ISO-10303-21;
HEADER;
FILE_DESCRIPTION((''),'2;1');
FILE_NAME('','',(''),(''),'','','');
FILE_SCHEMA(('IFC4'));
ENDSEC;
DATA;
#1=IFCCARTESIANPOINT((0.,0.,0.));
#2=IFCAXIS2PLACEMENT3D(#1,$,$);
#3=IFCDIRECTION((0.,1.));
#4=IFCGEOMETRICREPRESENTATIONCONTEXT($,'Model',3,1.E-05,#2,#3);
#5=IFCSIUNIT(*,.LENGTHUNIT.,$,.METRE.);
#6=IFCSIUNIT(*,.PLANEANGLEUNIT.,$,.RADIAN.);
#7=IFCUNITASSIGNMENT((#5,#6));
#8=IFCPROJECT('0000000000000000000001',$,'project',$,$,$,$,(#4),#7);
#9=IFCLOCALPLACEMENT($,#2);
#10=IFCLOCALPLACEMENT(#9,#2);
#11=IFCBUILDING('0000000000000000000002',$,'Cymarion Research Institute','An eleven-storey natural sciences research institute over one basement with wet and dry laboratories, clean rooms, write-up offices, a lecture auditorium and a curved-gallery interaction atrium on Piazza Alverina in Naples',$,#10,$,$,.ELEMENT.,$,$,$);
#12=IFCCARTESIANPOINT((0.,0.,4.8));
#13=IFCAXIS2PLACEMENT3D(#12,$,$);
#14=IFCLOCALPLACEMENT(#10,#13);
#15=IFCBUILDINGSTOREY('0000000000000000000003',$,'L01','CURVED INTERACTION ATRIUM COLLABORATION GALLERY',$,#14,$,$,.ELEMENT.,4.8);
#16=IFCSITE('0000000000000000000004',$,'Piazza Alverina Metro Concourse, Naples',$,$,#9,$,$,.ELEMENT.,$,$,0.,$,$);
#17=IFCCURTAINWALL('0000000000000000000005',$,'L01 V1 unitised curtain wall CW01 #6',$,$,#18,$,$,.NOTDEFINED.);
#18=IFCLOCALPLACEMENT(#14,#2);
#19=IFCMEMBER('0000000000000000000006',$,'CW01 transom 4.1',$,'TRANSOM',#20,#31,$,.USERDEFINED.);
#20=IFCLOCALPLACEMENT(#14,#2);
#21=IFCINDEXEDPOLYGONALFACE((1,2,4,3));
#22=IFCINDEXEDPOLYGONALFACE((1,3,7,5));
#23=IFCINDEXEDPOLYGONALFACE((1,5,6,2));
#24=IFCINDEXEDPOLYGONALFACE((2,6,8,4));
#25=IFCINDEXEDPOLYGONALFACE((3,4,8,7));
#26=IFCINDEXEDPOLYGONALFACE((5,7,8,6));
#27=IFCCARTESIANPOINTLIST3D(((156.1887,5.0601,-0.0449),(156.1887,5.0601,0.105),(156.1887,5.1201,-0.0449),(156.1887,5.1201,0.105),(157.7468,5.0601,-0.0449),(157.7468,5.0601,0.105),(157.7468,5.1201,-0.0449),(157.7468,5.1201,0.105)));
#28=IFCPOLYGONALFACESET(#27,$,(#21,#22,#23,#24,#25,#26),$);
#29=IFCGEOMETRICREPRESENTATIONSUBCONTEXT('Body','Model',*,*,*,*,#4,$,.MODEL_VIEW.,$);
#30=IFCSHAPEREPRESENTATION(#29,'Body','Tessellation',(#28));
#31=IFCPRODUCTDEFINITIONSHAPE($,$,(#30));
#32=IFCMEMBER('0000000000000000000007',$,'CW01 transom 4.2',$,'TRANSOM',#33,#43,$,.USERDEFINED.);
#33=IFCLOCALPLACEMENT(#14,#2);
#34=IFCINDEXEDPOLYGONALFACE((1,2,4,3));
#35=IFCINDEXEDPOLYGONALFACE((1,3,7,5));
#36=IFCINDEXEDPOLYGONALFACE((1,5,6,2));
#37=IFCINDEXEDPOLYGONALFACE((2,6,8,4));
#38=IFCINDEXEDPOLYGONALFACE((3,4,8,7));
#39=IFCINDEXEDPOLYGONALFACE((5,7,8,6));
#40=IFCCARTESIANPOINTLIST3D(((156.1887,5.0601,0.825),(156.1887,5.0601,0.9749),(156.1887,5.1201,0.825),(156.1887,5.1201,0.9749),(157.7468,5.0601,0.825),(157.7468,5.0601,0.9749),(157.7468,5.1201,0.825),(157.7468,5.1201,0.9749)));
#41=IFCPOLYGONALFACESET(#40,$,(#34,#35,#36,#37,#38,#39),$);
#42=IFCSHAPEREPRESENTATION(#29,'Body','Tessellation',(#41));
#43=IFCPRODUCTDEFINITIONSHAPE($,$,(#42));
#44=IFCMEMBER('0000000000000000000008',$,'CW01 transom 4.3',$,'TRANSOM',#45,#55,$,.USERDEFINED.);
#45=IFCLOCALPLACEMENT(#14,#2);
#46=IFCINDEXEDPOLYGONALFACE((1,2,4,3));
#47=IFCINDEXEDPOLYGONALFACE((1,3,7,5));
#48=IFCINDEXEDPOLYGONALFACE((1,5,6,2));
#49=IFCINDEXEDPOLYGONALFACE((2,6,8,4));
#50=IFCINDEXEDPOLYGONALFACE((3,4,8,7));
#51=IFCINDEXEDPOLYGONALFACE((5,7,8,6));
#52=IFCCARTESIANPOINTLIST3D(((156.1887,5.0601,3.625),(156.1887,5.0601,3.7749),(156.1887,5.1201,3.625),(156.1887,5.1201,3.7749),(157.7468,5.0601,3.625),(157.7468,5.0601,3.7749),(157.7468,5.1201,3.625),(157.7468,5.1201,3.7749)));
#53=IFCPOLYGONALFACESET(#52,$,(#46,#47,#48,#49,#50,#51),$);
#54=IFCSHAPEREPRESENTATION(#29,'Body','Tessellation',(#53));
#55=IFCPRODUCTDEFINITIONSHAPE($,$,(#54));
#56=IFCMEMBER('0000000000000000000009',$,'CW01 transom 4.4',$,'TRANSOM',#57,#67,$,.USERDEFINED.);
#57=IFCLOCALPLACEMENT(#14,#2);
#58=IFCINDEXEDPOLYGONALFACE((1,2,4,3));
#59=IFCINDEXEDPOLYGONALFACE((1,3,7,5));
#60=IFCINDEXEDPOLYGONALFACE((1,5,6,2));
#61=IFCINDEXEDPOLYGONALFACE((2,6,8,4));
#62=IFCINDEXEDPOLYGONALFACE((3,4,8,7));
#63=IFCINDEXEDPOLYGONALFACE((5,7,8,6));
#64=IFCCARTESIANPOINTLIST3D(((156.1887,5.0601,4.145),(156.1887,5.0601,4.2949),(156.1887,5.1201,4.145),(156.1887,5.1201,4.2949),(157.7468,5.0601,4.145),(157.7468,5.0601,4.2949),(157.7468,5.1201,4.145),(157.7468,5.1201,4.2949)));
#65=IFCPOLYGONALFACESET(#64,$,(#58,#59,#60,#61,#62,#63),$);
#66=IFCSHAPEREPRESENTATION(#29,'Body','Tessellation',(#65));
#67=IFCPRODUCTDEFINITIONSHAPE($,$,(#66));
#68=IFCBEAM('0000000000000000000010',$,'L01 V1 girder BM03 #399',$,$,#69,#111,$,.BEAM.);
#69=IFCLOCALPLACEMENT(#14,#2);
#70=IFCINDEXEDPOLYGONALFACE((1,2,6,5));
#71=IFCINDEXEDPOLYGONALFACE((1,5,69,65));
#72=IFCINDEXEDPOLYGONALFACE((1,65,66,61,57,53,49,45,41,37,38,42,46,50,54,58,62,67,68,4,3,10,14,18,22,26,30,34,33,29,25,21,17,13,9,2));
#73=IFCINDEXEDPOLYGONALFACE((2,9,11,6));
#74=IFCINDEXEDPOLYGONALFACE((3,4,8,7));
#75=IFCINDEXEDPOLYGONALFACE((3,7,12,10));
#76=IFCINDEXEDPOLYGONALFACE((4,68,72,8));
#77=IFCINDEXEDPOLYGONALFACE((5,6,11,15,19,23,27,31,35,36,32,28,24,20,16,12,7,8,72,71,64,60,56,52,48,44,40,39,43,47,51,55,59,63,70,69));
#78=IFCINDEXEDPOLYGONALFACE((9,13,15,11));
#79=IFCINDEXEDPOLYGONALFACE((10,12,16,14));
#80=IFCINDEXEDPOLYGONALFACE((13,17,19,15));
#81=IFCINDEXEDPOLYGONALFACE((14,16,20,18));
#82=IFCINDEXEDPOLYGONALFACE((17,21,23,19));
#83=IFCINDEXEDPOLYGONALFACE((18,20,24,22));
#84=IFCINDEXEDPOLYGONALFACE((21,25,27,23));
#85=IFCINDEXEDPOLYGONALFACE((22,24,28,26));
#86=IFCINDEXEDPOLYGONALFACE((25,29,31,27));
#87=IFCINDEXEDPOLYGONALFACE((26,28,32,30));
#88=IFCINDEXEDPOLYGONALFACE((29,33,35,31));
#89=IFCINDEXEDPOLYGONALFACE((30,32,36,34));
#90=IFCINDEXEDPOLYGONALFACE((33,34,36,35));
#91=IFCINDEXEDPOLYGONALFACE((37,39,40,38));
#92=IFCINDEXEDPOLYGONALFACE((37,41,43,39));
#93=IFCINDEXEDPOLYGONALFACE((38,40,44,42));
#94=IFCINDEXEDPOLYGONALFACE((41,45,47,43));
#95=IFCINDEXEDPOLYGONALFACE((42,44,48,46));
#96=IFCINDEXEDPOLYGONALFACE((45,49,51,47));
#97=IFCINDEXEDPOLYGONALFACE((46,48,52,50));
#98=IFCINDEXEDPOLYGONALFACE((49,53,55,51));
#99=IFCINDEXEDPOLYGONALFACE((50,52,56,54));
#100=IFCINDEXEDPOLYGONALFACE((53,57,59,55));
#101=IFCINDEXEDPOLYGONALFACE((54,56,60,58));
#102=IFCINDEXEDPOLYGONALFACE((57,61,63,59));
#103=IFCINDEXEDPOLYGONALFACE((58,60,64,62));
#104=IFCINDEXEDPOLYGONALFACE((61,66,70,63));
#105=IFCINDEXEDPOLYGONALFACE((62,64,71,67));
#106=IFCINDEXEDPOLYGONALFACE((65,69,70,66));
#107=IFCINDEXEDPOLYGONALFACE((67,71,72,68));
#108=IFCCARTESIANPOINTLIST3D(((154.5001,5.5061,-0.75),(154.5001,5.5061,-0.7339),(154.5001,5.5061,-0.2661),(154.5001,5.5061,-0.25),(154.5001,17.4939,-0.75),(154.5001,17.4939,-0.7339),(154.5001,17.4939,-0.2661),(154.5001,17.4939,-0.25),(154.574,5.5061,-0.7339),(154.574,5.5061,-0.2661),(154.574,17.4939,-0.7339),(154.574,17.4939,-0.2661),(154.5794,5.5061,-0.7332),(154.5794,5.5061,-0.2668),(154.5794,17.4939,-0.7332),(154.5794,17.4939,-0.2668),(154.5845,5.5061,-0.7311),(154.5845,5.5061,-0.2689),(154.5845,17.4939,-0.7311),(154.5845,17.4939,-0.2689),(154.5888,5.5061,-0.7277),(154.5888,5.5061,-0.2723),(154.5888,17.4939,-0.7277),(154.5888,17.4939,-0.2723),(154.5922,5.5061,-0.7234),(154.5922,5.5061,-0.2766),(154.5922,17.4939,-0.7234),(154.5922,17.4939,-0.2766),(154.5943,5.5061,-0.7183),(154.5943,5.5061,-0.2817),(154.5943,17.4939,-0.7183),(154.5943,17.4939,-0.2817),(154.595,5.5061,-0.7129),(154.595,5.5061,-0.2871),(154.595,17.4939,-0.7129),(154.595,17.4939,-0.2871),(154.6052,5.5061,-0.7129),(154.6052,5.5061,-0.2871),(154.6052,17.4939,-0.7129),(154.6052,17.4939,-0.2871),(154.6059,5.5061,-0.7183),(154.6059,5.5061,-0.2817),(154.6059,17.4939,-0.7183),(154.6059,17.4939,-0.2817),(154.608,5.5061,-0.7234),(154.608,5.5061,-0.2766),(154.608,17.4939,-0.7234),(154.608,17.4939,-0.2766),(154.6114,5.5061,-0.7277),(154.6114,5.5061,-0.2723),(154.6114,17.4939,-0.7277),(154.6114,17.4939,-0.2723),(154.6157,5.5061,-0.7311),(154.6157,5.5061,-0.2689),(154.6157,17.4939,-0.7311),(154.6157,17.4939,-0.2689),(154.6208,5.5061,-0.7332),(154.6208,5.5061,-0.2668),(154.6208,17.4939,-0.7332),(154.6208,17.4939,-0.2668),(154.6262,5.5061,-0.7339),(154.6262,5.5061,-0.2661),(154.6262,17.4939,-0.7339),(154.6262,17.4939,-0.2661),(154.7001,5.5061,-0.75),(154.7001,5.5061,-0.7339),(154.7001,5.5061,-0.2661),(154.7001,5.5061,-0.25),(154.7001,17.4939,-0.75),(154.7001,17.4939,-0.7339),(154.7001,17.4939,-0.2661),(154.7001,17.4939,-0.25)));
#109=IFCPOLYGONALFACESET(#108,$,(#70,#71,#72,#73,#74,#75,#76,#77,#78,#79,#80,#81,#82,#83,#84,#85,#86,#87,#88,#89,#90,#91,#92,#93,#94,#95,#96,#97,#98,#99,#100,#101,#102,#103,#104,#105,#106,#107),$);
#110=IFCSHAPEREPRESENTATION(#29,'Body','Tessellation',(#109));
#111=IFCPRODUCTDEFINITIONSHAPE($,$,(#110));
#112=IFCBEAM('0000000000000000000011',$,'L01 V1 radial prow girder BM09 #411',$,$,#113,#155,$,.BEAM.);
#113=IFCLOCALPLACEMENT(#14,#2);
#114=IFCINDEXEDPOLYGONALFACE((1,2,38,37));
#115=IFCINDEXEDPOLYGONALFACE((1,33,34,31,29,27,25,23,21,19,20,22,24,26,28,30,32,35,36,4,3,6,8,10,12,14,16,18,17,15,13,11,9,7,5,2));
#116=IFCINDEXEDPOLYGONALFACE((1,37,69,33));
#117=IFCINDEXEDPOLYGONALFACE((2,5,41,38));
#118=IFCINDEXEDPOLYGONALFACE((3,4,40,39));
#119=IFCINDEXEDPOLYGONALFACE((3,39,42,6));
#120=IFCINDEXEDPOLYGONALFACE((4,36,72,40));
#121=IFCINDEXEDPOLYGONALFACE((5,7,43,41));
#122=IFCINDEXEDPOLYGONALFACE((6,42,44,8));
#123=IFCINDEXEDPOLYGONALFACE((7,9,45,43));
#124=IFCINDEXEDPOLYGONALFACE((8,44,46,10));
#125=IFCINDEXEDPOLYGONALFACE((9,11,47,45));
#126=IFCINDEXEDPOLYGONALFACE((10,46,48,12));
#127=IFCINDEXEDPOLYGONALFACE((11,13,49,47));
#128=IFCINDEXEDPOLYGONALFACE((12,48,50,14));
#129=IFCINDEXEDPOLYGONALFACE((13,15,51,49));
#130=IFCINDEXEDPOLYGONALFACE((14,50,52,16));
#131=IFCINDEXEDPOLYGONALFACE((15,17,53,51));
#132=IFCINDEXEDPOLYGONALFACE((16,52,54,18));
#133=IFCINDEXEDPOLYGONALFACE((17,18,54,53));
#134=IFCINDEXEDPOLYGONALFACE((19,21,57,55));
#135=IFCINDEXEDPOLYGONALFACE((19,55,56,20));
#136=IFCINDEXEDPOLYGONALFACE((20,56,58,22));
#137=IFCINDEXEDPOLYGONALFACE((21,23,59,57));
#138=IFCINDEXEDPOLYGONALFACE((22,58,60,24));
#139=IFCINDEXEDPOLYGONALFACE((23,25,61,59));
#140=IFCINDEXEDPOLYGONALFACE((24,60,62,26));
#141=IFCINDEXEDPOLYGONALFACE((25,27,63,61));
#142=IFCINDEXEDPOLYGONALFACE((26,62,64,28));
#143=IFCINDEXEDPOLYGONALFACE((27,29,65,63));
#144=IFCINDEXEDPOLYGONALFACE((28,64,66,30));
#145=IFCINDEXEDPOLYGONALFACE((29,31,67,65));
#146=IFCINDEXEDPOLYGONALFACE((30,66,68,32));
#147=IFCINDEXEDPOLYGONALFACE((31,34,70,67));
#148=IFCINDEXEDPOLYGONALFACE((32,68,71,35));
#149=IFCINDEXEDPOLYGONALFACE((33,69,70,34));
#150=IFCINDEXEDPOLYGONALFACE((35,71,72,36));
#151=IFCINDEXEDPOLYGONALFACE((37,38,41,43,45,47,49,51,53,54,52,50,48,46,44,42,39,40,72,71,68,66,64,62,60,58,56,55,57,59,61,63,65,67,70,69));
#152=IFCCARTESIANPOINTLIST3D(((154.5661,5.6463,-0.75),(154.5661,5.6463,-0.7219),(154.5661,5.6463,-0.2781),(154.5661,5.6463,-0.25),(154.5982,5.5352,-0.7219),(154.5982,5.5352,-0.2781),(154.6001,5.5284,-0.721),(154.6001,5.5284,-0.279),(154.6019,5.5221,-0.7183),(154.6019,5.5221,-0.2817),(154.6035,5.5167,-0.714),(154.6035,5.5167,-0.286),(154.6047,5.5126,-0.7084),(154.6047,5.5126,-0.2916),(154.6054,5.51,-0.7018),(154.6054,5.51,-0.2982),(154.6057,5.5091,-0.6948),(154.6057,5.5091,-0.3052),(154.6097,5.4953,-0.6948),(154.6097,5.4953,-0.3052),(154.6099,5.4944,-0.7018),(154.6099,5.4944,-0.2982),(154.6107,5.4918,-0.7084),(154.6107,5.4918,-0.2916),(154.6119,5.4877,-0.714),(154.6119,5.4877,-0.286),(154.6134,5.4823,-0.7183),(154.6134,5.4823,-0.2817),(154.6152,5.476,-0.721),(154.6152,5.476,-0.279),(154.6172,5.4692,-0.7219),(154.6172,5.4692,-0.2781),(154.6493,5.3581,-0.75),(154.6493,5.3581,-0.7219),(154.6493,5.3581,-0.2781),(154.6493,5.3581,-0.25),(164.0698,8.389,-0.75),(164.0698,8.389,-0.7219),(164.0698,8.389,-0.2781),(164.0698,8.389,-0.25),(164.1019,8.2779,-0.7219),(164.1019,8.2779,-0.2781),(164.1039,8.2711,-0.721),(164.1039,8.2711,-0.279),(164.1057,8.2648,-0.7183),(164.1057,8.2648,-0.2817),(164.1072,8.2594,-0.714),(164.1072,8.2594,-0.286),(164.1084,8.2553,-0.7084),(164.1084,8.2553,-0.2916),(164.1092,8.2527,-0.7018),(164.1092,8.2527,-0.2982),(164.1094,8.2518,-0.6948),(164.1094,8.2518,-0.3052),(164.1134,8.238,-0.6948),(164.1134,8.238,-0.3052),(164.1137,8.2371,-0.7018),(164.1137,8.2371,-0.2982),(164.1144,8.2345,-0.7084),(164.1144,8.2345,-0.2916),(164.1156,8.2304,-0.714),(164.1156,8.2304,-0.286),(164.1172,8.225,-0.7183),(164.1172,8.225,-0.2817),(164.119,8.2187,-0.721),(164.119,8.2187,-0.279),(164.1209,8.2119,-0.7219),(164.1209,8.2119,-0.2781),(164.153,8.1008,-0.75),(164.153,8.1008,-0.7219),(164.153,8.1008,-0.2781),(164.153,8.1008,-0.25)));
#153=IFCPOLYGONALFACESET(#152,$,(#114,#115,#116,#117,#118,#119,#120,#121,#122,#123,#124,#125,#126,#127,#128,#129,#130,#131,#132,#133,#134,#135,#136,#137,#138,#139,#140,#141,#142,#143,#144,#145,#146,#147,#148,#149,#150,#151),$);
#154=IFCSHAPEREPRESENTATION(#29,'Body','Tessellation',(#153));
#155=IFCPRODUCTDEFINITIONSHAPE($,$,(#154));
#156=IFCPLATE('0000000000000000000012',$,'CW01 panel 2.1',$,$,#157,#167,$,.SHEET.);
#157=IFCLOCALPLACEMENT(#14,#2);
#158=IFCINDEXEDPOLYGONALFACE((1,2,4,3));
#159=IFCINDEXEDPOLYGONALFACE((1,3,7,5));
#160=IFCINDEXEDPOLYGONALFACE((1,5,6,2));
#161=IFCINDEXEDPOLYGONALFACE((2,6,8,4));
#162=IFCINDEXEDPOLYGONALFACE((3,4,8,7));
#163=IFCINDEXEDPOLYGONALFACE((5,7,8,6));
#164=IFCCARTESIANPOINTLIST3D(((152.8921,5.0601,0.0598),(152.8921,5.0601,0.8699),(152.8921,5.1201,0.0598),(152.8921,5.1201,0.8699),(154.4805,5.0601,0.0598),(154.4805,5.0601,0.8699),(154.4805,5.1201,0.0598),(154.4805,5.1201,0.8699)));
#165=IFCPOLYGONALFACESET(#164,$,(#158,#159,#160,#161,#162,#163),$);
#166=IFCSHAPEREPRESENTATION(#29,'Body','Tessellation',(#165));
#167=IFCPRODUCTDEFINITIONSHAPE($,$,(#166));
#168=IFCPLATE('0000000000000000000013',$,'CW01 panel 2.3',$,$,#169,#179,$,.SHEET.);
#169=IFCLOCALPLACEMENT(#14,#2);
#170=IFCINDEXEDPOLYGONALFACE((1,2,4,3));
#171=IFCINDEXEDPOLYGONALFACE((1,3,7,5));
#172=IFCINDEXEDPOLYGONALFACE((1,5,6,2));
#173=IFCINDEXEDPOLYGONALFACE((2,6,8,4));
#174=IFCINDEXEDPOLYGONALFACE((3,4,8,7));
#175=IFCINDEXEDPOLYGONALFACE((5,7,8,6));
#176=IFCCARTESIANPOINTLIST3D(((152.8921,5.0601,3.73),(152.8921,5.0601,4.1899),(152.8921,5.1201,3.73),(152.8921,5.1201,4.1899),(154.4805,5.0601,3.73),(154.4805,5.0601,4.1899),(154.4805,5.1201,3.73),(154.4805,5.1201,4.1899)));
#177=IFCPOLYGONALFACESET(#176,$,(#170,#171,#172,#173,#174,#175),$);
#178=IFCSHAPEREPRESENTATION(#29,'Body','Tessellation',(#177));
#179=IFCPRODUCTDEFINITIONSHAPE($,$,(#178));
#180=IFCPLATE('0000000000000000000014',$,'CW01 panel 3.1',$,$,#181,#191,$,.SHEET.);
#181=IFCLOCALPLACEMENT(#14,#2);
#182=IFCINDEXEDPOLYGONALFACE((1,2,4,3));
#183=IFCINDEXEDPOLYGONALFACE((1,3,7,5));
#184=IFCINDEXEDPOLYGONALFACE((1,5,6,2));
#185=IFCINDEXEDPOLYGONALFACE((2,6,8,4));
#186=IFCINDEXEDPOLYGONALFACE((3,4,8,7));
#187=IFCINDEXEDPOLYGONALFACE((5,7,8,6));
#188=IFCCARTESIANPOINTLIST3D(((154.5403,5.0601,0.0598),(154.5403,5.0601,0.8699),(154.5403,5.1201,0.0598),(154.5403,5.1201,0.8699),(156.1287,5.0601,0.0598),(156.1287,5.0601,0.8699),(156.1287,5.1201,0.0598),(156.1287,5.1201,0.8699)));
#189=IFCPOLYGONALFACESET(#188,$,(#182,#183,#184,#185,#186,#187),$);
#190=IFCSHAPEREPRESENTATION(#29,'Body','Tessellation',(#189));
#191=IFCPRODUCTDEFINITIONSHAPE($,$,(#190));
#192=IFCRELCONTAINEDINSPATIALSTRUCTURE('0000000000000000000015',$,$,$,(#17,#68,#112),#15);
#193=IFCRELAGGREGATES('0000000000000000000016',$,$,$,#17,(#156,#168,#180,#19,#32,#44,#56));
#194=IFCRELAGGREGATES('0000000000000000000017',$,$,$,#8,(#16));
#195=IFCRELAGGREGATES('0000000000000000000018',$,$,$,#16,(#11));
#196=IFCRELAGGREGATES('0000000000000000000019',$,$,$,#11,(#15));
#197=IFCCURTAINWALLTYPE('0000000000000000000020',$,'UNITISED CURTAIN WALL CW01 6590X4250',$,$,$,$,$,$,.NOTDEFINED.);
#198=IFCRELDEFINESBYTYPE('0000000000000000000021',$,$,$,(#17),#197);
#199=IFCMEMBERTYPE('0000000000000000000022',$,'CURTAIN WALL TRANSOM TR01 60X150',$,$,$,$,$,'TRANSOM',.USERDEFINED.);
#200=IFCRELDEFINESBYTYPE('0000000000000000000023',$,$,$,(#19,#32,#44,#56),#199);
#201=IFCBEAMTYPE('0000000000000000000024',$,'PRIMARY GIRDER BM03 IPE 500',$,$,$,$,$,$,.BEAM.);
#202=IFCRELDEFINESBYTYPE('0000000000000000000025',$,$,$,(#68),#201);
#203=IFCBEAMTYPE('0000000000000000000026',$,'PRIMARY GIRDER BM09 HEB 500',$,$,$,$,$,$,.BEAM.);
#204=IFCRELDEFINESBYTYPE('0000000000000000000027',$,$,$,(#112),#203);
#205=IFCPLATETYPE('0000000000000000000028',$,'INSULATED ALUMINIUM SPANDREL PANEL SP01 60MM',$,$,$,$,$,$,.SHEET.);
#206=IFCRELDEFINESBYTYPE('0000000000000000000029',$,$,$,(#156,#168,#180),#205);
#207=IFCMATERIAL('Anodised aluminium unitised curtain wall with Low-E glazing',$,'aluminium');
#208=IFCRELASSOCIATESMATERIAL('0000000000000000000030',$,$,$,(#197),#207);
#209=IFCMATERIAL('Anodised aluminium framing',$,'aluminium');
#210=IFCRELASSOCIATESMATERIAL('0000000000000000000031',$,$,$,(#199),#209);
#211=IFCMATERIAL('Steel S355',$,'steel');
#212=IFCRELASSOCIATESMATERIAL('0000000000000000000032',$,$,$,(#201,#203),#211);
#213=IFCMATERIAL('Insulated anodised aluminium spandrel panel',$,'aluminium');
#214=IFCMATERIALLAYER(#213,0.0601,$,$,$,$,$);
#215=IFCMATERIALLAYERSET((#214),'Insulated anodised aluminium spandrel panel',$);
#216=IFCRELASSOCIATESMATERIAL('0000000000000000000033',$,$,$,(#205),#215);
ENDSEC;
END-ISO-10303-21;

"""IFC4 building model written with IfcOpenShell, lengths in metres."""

from ifc_helpers import new_model, si_unit, direction, frame, origin, origin_2d, place, context, subcontext, project, spatial, rectangle, i_section, extrude, material, layer, layer_set, material_profile, profile_set, type_object, element, aggregate, save


model = new_model("IFC4")

# Units and contexts
model_context = context("Model", 3, precision=1e-05, world=origin(), true_north=direction((0.0, 1.0)))
body_context = subcontext(model_context, "Body", "Model", "MODEL_VIEW")
ifc_project = project(units=[si_unit("LENGTHUNIT", "METRE"), si_unit("PLANEANGLEUNIT", "RADIAN")], contexts=[model_context])

# Site, building, storey
site_placement = place(None, origin())
site = spatial("IfcSite", under=ifc_project, at=site_placement, Name="Piazza Alverina Metro Concourse, Naples", CompositionType="ELEMENT", RefElevation=0.0)
building_placement = place(site_placement, origin())
building = spatial("IfcBuilding", under=site, at=building_placement, Name="Cymarion Research Institute", Description="An eleven-storey natural sciences research institute over one basement with wet and dry laboratories, clean rooms, write-up offices, a lecture auditorium and a curved-gallery interaction atrium on Piazza Alverina in Naples", CompositionType="ELEMENT")
storey_placement = place(building_placement, frame((0.0, 0.0, 4.8)))
storey = spatial("IfcBuildingStorey", under=building, at=storey_placement, Name="L01", Description="CURVED INTERACTION ATRIUM COLLABORATION GALLERY", CompositionType="ELEMENT", Elevation=4.8)

# Shared definitions
ifc_material_1 = material(Name="Steel S355", Category="steel")

# Curtain wall, members
ifc_material_2 = material(Name="Anodised aluminium unitised curtain wall with Low-E glazing", Category="aluminium")
curtain_wall_type = type_object("IfcCurtainWallType", Name="UNITISED CURTAIN WALL CW01 6590X4250", PredefinedType="NOTDEFINED", material=ifc_material_2)
curtain_wall_placement = place(storey_placement, origin())
curtain_wall = element("IfcCurtainWall", 1, at=curtain_wall_placement, inside=storey, type_object=curtain_wall_type, Name="L01 V1 unitised curtain wall CW01 #6", PredefinedType="NOTDEFINED")
ifc_material_3 = material(Name="Anodised aluminium framing", Category="aluminium")
ifc_material_profile_1 = material_profile(ifc_material_3, rectangle(XDim=0.0601, YDim=0.1499, at=origin_2d()), Name="ALU TRANSOM 60x150")
ifc_profile_set_1 = profile_set([ifc_material_profile_1], Name="Anodised aluminium framing")
member_type_1 = type_object("IfcMemberType", Name="CURTAIN WALL TRANSOM TR01 60X150", ElementType="TRANSOM", PredefinedType="USERDEFINED", material=ifc_profile_set_1)
member_1_placement = place(storey_placement, frame((156.1887, 5.0901, 0.03), z_axis=(1.0, 0.0, 0.0), x_axis=(0.0, 1.0, 0.0)))
member_1 = element("IfcMember", 2, at=member_1_placement, type_object=member_type_1, Name="CW01 transom 4.1", ObjectType="TRANSOM", PredefinedType="USERDEFINED", context=body_context, shape_type="SweptSolid", body=[
    extrude(rectangle(XDim=0.0601, YDim=0.1499, at=origin_2d()), origin(), (0.0, 0.0, 1.0), 1.5581),
])
member_2_placement = place(storey_placement, frame((156.1887, 5.0901, 0.8999), z_axis=(1.0, 0.0, 0.0), x_axis=(0.0, 1.0, 0.0)))
member_2 = element("IfcMember", 3, at=member_2_placement, type_object=member_type_1, Name="CW01 transom 4.2", ObjectType="TRANSOM", PredefinedType="USERDEFINED", context=body_context, shape_type="SweptSolid", body=[
    extrude(rectangle(XDim=0.0601, YDim=0.1499, at=origin_2d()), origin(), (0.0, 0.0, 1.0), 1.5581),
])
member_3_placement = place(storey_placement, frame((156.1887, 5.0901, 3.7), z_axis=(1.0, 0.0, 0.0), x_axis=(0.0, 1.0, 0.0)))
member_3 = element("IfcMember", 4, at=member_3_placement, type_object=member_type_1, Name="CW01 transom 4.3", ObjectType="TRANSOM", PredefinedType="USERDEFINED", context=body_context, shape_type="SweptSolid", body=[
    extrude(rectangle(XDim=0.0601, YDim=0.1499, at=origin_2d()), origin(), (0.0, 0.0, 1.0), 1.5581),
])
member_4_placement = place(storey_placement, frame((156.1887, 5.0901, 4.22), z_axis=(1.0, 0.0, 0.0), x_axis=(0.0, 1.0, 0.0)))
member_4 = element("IfcMember", 5, at=member_4_placement, type_object=member_type_1, Name="CW01 transom 4.4", ObjectType="TRANSOM", PredefinedType="USERDEFINED", context=body_context, shape_type="SweptSolid", body=[
    extrude(rectangle(XDim=0.0601, YDim=0.1499, at=origin_2d()), origin(), (0.0, 0.0, 1.0), 1.5581),
])

# Beams
ifc_material_profile_2 = material_profile(ifc_material_1, i_section(OverallWidth=0.2, OverallDepth=0.5, WebThickness=0.0103, FlangeThickness=0.0161, FilletRadius=0.021, at=origin_2d()), Name="IPE 500")
ifc_profile_set_2 = profile_set([ifc_material_profile_2], Name="Steel S355")
beam_type_1 = type_object("IfcBeamType", Name="PRIMARY GIRDER BM03 IPE 500", PredefinedType="BEAM", material=ifc_profile_set_2)
beam_1_placement = place(storey_placement, frame((154.6001, 5.5061, -0.5), z_axis=(0.0, 1.0, 0.0), x_axis=(-1.0, 0.0, 0.0)))
element("IfcBeam", 6, at=beam_1_placement, inside=storey, type_object=beam_type_1, Name="L01 V1 girder BM03 #399", PredefinedType="BEAM", context=body_context, shape_type="SweptSolid", body=[
    extrude(i_section(OverallWidth=0.2, OverallDepth=0.5, WebThickness=0.0103, FlangeThickness=0.0161, FilletRadius=0.021, at=origin_2d()), origin(), (0.0, 0.0, 1.0), 11.9878),
])
ifc_material_profile_3 = material_profile(ifc_material_1, i_section(OverallWidth=0.3, OverallDepth=0.5, WebThickness=0.0144, FlangeThickness=0.0281, FilletRadius=0.0271, at=origin_2d()), Name="HEB 500")
ifc_profile_set_3 = profile_set([ifc_material_profile_3], Name="Steel S355")
beam_type_2 = type_object("IfcBeamType", Name="PRIMARY GIRDER BM09 HEB 500", PredefinedType="BEAM", material=ifc_profile_set_3)
beam_2_placement = place(storey_placement, frame((154.6077, 5.5022, -0.5), z_axis=(0.96079, 0.277276, 0.0), x_axis=(-0.277276, 0.96079, 0.0)))
element("IfcBeam", 7, at=beam_2_placement, inside=storey, type_object=beam_type_2, Name="L01 V1 radial prow girder BM09 #411", PredefinedType="BEAM", context=body_context, shape_type="SweptSolid", body=[
    extrude(i_section(OverallWidth=0.3, OverallDepth=0.5, WebThickness=0.0144, FlangeThickness=0.0281, FilletRadius=0.0271, at=origin_2d()), origin(), (0.0, 0.0, 1.0), 9.8916),
])

# Plates
ifc_material_4 = material(Name="Insulated anodised aluminium spandrel panel", Category="aluminium")
ifc_layer_1 = layer(ifc_material_4, 0.0601)
ifc_layer_set_1 = layer_set([ifc_layer_1], Name="Insulated anodised aluminium spandrel panel")
plate_type_1 = type_object("IfcPlateType", Name="INSULATED ALUMINIUM SPANDREL PANEL SP01 60MM", PredefinedType="SHEET", material=ifc_layer_set_1)
plate_1_placement = place(storey_placement, frame((153.6863, 5.0901, 0.0598), z_axis=(0.0, 0.0, 1.0), x_axis=(1.0, 0.0, 0.0)))
plate_1 = element("IfcPlate", 8, at=plate_1_placement, type_object=plate_type_1, Name="CW01 panel 2.1", PredefinedType="SHEET", context=body_context, shape_type="SweptSolid", body=[
    extrude(rectangle(XDim=1.5884, YDim=0.0601, at=origin_2d()), origin(), (0.0, 0.0, 1.0), 0.8101),
])
plate_2_placement = place(storey_placement, frame((153.6863, 5.0901, 3.73), z_axis=(0.0, 0.0, 1.0), x_axis=(1.0, 0.0, 0.0)))
plate_2 = element("IfcPlate", 9, at=plate_2_placement, type_object=plate_type_1, Name="CW01 panel 2.3", PredefinedType="SHEET", context=body_context, shape_type="SweptSolid", body=[
    extrude(rectangle(XDim=1.5884, YDim=0.0601, at=origin_2d()), origin(), (0.0, 0.0, 1.0), 0.46),
])
plate_3_placement = place(storey_placement, frame((155.3345, 5.0901, 0.0598), z_axis=(0.0, 0.0, 1.0), x_axis=(1.0, 0.0, 0.0)))
plate_3 = element("IfcPlate", 10, at=plate_3_placement, type_object=plate_type_1, Name="CW01 panel 3.1", PredefinedType="SHEET", context=body_context, shape_type="SweptSolid", body=[
    extrude(rectangle(XDim=1.5884, YDim=0.0601, at=origin_2d()), origin(), (0.0, 0.0, 1.0), 0.8101),
])
aggregate(curtain_wall, [plate_1, plate_2, plate_3, member_1, member_2, member_3, member_4])

save(model, "model.ifc")
